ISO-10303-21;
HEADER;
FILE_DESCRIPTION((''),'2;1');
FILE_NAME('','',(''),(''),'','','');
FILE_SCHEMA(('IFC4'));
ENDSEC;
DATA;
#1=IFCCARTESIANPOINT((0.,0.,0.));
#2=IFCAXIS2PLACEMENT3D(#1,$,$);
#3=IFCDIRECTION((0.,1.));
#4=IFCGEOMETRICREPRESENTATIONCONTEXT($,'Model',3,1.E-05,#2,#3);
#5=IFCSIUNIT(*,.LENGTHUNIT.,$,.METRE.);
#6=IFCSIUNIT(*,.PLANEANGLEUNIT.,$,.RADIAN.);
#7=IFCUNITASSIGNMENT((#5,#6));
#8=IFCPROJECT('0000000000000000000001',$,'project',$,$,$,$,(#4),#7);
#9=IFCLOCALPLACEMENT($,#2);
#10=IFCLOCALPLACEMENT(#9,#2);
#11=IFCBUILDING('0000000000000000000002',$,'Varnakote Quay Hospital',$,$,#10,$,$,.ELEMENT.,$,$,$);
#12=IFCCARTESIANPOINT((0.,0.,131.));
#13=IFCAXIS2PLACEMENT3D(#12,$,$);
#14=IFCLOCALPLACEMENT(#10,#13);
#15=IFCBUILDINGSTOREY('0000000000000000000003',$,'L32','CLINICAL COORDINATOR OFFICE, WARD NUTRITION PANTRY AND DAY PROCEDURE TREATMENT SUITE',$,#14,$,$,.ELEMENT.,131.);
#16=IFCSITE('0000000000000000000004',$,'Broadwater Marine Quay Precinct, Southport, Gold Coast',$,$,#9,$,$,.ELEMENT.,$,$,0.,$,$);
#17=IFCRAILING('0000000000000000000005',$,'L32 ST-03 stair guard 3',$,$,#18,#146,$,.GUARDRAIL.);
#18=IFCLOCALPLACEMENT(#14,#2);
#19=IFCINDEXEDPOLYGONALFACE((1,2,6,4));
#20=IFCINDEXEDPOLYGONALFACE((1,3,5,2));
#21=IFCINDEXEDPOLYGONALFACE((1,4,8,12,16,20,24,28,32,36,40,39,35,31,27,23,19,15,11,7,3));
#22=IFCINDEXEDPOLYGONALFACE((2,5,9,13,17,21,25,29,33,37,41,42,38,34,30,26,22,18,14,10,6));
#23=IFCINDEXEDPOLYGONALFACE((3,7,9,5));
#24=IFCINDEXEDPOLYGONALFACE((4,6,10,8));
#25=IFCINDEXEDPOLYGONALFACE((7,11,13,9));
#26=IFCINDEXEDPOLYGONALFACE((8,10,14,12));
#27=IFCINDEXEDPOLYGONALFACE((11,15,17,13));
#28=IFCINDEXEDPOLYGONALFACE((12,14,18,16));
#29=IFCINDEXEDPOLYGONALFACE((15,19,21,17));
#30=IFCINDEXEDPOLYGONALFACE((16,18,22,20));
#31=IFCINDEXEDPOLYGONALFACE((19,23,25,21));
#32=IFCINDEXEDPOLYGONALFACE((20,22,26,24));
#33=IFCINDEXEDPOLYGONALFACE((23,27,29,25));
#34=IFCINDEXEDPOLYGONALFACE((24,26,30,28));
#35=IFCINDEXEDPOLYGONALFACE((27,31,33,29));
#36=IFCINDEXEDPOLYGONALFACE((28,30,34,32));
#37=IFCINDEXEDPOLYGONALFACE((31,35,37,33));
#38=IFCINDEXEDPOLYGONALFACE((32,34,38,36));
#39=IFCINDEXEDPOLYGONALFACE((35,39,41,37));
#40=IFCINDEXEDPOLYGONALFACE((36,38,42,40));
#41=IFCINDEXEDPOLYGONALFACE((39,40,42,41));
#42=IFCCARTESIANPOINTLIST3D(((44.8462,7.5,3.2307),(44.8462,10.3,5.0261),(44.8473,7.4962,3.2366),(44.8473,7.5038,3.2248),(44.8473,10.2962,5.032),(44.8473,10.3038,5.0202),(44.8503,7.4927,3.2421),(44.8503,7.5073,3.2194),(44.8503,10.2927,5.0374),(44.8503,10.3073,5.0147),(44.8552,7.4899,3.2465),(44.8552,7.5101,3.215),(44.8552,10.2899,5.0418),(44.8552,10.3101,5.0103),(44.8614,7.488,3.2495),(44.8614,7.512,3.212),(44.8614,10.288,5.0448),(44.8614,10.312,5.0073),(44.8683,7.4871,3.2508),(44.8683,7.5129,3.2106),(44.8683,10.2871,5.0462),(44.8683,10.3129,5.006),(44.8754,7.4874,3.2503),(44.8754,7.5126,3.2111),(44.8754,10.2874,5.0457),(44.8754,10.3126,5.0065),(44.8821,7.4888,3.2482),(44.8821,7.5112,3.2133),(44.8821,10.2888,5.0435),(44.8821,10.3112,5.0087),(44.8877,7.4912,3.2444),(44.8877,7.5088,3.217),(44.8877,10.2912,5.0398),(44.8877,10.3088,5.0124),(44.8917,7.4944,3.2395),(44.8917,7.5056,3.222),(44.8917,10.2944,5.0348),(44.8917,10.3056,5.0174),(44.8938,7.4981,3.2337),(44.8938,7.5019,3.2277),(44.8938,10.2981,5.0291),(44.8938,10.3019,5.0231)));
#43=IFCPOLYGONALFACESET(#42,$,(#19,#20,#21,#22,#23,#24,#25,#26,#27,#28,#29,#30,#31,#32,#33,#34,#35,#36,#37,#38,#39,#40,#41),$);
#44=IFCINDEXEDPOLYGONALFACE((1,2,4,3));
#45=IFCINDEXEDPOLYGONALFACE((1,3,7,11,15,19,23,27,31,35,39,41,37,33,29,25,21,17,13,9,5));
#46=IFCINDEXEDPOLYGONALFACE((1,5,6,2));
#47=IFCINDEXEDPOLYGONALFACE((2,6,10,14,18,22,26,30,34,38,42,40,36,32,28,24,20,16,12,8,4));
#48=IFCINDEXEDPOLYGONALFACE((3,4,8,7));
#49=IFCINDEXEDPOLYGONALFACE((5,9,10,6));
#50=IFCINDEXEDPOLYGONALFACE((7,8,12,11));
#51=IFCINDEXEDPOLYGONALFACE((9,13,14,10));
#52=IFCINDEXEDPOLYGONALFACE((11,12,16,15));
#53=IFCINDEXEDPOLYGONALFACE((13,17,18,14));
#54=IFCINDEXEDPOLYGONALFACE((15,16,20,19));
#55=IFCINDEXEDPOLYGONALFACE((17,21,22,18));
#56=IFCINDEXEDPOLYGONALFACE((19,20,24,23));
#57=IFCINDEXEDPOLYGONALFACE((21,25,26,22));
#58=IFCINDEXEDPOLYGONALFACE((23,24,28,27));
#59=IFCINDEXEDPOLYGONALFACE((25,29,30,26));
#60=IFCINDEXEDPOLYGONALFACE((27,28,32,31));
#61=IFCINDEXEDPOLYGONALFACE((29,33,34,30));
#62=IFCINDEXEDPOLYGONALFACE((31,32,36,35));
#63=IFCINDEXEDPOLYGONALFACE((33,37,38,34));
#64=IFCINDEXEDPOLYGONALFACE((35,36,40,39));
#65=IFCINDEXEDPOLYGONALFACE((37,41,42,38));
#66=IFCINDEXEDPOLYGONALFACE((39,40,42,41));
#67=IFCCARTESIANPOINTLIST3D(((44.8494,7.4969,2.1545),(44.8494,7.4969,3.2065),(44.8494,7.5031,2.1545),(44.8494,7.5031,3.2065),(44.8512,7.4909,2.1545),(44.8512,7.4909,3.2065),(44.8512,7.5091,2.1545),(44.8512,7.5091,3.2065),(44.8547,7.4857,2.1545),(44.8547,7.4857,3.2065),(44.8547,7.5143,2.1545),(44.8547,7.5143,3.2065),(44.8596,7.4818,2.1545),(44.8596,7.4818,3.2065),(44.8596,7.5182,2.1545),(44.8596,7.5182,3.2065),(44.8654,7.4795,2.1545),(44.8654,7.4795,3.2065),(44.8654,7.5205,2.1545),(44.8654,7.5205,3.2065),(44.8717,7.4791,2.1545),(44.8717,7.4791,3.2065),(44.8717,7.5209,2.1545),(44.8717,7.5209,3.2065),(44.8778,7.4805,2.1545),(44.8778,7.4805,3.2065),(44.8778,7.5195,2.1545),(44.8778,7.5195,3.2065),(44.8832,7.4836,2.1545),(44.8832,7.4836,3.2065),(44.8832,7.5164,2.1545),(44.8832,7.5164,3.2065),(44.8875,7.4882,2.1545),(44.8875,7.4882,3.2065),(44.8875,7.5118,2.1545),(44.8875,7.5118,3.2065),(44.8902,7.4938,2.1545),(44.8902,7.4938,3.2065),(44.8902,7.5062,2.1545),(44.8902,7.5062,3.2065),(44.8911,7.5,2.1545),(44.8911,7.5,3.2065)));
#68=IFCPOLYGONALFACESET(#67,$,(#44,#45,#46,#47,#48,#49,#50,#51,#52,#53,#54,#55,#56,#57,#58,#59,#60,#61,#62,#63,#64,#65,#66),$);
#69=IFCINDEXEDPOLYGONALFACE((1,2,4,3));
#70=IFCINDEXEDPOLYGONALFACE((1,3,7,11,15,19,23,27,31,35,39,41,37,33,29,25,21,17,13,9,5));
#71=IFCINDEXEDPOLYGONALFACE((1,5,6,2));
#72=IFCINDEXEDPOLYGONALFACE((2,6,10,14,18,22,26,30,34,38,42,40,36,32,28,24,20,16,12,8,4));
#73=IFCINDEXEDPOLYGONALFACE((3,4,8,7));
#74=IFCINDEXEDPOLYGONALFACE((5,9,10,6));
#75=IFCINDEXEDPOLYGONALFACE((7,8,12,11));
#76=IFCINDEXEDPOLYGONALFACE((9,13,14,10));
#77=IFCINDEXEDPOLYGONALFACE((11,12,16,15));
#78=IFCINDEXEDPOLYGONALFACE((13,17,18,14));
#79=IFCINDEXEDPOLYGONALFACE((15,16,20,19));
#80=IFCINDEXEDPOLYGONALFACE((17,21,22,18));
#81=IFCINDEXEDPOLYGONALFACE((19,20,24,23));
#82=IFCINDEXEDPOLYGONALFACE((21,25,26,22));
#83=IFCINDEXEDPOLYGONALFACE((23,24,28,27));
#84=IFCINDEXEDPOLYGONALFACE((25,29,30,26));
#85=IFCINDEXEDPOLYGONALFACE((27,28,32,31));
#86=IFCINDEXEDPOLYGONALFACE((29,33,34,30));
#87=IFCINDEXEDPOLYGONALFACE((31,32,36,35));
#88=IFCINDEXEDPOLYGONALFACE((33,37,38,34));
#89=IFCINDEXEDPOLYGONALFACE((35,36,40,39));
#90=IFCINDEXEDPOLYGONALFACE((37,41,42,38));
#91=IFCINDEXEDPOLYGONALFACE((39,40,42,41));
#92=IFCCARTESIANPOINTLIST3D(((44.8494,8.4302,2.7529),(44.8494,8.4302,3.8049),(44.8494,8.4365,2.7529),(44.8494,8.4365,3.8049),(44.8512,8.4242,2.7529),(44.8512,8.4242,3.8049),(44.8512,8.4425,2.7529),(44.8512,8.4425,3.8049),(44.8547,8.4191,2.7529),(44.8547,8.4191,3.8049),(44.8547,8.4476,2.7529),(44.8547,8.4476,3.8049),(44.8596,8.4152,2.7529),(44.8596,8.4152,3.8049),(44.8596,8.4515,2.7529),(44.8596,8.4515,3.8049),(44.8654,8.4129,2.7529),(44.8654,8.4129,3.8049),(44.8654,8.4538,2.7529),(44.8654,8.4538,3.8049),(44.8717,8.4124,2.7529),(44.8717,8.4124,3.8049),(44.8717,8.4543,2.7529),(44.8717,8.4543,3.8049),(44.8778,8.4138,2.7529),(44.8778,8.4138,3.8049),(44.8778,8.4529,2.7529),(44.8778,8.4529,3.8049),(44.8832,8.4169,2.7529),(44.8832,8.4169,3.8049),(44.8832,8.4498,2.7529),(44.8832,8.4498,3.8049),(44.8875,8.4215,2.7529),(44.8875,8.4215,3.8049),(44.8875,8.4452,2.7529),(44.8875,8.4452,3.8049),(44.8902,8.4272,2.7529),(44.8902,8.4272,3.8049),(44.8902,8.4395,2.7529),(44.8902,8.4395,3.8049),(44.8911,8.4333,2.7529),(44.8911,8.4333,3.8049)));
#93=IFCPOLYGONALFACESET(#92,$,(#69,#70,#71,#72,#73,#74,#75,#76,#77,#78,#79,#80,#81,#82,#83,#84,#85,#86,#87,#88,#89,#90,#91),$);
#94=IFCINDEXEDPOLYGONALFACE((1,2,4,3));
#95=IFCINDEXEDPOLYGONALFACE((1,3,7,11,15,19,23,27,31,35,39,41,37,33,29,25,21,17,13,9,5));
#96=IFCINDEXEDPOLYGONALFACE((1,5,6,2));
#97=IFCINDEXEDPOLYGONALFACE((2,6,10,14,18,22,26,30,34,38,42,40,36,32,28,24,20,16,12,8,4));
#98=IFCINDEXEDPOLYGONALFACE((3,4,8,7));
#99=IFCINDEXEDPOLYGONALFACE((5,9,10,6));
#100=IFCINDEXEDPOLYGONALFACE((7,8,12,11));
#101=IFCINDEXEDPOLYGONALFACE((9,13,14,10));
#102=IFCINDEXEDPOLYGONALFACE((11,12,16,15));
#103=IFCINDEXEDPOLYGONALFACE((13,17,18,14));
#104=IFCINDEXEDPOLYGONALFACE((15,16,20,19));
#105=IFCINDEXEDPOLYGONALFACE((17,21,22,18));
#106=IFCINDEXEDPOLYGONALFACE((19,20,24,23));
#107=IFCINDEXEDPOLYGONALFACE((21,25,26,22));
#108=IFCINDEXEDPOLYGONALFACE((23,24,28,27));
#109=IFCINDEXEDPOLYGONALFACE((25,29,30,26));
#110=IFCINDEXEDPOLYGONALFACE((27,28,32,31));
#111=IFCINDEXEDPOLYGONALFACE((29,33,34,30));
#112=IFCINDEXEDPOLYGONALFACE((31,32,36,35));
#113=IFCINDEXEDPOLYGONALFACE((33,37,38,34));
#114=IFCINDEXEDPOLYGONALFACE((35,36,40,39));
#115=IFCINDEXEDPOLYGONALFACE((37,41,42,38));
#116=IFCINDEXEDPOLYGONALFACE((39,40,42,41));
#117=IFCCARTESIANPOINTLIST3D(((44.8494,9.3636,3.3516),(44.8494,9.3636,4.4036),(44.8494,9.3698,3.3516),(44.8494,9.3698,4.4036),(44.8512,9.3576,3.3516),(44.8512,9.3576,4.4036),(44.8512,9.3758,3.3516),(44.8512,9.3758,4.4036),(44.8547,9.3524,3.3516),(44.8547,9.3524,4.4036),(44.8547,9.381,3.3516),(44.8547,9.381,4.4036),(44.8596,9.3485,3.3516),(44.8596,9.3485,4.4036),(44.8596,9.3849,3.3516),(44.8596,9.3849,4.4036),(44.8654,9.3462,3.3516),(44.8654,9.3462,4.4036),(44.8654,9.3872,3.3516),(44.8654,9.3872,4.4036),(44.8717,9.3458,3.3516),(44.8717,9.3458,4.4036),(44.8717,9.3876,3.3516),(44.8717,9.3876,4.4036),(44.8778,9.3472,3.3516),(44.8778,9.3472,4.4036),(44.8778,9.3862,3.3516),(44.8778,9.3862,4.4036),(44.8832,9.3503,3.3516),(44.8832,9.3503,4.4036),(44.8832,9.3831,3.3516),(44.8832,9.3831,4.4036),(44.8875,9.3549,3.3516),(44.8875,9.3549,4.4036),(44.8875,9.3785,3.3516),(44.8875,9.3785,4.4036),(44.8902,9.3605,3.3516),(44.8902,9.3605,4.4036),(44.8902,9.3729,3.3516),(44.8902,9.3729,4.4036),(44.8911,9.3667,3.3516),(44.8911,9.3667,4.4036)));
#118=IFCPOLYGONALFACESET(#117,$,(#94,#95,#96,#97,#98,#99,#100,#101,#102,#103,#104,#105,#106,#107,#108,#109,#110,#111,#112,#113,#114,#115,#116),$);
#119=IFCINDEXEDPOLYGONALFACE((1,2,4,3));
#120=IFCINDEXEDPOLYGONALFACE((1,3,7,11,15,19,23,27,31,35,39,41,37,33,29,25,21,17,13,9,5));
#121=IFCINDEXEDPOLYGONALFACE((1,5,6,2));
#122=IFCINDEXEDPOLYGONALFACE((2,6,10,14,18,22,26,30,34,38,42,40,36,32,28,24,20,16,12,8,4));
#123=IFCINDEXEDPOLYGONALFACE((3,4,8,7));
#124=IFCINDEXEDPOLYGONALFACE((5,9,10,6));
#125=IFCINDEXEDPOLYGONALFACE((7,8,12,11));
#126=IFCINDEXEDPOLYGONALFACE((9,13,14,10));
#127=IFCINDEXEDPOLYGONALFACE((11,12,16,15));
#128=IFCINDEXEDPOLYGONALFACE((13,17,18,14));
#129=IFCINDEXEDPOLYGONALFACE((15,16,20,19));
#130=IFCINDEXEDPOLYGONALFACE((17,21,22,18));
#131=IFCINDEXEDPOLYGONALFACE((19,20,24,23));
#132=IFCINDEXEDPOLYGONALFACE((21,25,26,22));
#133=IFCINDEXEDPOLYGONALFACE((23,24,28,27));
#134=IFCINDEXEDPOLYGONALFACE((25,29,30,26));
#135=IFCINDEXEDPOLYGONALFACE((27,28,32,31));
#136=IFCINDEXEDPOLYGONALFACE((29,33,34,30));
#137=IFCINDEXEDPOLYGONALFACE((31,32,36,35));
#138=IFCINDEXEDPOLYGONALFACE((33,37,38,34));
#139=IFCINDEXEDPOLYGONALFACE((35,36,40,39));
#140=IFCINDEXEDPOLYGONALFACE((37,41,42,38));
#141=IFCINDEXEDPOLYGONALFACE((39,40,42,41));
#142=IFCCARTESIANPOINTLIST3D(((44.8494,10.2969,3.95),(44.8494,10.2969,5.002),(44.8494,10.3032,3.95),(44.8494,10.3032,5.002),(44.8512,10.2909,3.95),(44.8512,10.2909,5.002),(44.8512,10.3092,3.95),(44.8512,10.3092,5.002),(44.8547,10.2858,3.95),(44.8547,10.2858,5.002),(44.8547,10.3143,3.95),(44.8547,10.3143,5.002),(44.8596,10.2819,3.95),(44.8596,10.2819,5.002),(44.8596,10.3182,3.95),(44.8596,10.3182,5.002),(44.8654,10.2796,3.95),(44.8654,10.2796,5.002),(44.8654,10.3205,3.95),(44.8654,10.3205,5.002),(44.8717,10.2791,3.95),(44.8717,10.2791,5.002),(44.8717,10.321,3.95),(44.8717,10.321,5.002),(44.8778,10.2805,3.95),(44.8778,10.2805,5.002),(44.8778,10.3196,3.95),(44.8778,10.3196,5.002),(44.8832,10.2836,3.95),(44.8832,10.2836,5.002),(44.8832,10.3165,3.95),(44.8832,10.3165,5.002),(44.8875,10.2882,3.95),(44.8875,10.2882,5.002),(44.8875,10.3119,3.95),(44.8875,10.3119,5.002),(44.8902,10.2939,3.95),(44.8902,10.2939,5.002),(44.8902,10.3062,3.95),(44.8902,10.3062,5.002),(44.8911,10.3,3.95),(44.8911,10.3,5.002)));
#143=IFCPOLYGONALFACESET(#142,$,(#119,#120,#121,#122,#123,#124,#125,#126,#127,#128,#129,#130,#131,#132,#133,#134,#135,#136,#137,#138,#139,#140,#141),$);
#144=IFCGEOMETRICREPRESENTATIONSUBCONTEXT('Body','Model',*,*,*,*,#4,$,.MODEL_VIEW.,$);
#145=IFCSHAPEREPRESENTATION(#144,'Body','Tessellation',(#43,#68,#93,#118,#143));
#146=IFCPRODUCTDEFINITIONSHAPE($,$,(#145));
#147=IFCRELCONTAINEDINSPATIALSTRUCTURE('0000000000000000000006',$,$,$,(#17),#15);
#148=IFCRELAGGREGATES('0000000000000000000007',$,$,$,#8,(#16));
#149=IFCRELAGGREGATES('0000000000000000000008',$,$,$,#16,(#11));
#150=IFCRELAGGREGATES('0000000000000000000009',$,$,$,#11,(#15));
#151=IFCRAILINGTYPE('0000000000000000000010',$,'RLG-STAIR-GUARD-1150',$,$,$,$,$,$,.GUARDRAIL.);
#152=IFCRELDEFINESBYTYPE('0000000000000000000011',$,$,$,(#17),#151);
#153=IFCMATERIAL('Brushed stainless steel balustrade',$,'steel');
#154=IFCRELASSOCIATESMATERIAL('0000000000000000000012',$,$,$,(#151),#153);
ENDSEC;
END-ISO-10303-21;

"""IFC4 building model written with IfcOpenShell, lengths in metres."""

from ifc_helpers import new_model, si_unit, direction, frame, origin, origin_2d, place, context, subcontext, project, spatial, circle, extrude, material, type_object, element, save


model = new_model("IFC4")

# Units and contexts
model_context = context("Model", 3, precision=1e-05, world=origin(), true_north=direction((0.0, 1.0)))
body_context = subcontext(model_context, "Body", "Model", "MODEL_VIEW")
ifc_project = project(units=[si_unit("LENGTHUNIT", "METRE"), si_unit("PLANEANGLEUNIT", "RADIAN")], contexts=[model_context])

# Site, building, storey
site_placement = place(None, origin())
site = spatial("IfcSite", under=ifc_project, at=site_placement, Name="Broadwater Marine Quay Precinct, Southport, Gold Coast", CompositionType="ELEMENT", RefElevation=0.0)
building_placement = place(site_placement, origin())
building = spatial("IfcBuilding", under=site, at=building_placement, Name="Varnakote Quay Hospital", CompositionType="ELEMENT")
storey_placement = place(building_placement, frame((0.0, 0.0, 131.0)))
storey = spatial("IfcBuildingStorey", under=building, at=storey_placement, Name="L32", Description="CLINICAL COORDINATOR OFFICE, WARD NUTRITION PANTRY AND DAY PROCEDURE TREATMENT SUITE", CompositionType="ELEMENT", Elevation=131.0)

# Railing
ifc_material_1 = material(Name="Brushed stainless steel balustrade", Category="steel")
railing_type_1 = type_object("IfcRailingType", Name="RLG-STAIR-GUARD-1150", PredefinedType="GUARDRAIL", material=ifc_material_1)
railing_1_placement = place(storey_placement, frame((44.8701, 7.5, 2.1545)))
element("IfcRailing", 1, at=railing_1_placement, inside=storey, type_object=railing_type_1, Name="L32 ST-03 stair guard 3", PredefinedType="GUARDRAIL", context=body_context, shape_type="SweptSolid", body=[
    extrude(circle(Radius=0.0239, at=origin_2d()), frame((0.0, 0.0, 1.0762), z_axis=(0.0, 0.84181, 0.539774), x_axis=(-1.0, 0.0, 0.0)), (0.0, 0.0, 1.0), 3.3262),
    extrude(circle(Radius=0.021, at=origin_2d()), origin(), (0.0, 0.0, 1.0), 1.052),
    extrude(circle(Radius=0.021, at=origin_2d()), frame((0.0, 0.9333, 0.5984)), (0.0, 0.0, 1.0), 1.052),
    extrude(circle(Radius=0.021, at=origin_2d()), frame((0.0, 1.8667, 1.197)), (0.0, 0.0, 1.0), 1.052),
    extrude(circle(Radius=0.021, at=origin_2d()), frame((0.0, 2.8, 1.7954)), (0.0, 0.0, 1.0), 1.052),
])

save(model, "model.ifc")
